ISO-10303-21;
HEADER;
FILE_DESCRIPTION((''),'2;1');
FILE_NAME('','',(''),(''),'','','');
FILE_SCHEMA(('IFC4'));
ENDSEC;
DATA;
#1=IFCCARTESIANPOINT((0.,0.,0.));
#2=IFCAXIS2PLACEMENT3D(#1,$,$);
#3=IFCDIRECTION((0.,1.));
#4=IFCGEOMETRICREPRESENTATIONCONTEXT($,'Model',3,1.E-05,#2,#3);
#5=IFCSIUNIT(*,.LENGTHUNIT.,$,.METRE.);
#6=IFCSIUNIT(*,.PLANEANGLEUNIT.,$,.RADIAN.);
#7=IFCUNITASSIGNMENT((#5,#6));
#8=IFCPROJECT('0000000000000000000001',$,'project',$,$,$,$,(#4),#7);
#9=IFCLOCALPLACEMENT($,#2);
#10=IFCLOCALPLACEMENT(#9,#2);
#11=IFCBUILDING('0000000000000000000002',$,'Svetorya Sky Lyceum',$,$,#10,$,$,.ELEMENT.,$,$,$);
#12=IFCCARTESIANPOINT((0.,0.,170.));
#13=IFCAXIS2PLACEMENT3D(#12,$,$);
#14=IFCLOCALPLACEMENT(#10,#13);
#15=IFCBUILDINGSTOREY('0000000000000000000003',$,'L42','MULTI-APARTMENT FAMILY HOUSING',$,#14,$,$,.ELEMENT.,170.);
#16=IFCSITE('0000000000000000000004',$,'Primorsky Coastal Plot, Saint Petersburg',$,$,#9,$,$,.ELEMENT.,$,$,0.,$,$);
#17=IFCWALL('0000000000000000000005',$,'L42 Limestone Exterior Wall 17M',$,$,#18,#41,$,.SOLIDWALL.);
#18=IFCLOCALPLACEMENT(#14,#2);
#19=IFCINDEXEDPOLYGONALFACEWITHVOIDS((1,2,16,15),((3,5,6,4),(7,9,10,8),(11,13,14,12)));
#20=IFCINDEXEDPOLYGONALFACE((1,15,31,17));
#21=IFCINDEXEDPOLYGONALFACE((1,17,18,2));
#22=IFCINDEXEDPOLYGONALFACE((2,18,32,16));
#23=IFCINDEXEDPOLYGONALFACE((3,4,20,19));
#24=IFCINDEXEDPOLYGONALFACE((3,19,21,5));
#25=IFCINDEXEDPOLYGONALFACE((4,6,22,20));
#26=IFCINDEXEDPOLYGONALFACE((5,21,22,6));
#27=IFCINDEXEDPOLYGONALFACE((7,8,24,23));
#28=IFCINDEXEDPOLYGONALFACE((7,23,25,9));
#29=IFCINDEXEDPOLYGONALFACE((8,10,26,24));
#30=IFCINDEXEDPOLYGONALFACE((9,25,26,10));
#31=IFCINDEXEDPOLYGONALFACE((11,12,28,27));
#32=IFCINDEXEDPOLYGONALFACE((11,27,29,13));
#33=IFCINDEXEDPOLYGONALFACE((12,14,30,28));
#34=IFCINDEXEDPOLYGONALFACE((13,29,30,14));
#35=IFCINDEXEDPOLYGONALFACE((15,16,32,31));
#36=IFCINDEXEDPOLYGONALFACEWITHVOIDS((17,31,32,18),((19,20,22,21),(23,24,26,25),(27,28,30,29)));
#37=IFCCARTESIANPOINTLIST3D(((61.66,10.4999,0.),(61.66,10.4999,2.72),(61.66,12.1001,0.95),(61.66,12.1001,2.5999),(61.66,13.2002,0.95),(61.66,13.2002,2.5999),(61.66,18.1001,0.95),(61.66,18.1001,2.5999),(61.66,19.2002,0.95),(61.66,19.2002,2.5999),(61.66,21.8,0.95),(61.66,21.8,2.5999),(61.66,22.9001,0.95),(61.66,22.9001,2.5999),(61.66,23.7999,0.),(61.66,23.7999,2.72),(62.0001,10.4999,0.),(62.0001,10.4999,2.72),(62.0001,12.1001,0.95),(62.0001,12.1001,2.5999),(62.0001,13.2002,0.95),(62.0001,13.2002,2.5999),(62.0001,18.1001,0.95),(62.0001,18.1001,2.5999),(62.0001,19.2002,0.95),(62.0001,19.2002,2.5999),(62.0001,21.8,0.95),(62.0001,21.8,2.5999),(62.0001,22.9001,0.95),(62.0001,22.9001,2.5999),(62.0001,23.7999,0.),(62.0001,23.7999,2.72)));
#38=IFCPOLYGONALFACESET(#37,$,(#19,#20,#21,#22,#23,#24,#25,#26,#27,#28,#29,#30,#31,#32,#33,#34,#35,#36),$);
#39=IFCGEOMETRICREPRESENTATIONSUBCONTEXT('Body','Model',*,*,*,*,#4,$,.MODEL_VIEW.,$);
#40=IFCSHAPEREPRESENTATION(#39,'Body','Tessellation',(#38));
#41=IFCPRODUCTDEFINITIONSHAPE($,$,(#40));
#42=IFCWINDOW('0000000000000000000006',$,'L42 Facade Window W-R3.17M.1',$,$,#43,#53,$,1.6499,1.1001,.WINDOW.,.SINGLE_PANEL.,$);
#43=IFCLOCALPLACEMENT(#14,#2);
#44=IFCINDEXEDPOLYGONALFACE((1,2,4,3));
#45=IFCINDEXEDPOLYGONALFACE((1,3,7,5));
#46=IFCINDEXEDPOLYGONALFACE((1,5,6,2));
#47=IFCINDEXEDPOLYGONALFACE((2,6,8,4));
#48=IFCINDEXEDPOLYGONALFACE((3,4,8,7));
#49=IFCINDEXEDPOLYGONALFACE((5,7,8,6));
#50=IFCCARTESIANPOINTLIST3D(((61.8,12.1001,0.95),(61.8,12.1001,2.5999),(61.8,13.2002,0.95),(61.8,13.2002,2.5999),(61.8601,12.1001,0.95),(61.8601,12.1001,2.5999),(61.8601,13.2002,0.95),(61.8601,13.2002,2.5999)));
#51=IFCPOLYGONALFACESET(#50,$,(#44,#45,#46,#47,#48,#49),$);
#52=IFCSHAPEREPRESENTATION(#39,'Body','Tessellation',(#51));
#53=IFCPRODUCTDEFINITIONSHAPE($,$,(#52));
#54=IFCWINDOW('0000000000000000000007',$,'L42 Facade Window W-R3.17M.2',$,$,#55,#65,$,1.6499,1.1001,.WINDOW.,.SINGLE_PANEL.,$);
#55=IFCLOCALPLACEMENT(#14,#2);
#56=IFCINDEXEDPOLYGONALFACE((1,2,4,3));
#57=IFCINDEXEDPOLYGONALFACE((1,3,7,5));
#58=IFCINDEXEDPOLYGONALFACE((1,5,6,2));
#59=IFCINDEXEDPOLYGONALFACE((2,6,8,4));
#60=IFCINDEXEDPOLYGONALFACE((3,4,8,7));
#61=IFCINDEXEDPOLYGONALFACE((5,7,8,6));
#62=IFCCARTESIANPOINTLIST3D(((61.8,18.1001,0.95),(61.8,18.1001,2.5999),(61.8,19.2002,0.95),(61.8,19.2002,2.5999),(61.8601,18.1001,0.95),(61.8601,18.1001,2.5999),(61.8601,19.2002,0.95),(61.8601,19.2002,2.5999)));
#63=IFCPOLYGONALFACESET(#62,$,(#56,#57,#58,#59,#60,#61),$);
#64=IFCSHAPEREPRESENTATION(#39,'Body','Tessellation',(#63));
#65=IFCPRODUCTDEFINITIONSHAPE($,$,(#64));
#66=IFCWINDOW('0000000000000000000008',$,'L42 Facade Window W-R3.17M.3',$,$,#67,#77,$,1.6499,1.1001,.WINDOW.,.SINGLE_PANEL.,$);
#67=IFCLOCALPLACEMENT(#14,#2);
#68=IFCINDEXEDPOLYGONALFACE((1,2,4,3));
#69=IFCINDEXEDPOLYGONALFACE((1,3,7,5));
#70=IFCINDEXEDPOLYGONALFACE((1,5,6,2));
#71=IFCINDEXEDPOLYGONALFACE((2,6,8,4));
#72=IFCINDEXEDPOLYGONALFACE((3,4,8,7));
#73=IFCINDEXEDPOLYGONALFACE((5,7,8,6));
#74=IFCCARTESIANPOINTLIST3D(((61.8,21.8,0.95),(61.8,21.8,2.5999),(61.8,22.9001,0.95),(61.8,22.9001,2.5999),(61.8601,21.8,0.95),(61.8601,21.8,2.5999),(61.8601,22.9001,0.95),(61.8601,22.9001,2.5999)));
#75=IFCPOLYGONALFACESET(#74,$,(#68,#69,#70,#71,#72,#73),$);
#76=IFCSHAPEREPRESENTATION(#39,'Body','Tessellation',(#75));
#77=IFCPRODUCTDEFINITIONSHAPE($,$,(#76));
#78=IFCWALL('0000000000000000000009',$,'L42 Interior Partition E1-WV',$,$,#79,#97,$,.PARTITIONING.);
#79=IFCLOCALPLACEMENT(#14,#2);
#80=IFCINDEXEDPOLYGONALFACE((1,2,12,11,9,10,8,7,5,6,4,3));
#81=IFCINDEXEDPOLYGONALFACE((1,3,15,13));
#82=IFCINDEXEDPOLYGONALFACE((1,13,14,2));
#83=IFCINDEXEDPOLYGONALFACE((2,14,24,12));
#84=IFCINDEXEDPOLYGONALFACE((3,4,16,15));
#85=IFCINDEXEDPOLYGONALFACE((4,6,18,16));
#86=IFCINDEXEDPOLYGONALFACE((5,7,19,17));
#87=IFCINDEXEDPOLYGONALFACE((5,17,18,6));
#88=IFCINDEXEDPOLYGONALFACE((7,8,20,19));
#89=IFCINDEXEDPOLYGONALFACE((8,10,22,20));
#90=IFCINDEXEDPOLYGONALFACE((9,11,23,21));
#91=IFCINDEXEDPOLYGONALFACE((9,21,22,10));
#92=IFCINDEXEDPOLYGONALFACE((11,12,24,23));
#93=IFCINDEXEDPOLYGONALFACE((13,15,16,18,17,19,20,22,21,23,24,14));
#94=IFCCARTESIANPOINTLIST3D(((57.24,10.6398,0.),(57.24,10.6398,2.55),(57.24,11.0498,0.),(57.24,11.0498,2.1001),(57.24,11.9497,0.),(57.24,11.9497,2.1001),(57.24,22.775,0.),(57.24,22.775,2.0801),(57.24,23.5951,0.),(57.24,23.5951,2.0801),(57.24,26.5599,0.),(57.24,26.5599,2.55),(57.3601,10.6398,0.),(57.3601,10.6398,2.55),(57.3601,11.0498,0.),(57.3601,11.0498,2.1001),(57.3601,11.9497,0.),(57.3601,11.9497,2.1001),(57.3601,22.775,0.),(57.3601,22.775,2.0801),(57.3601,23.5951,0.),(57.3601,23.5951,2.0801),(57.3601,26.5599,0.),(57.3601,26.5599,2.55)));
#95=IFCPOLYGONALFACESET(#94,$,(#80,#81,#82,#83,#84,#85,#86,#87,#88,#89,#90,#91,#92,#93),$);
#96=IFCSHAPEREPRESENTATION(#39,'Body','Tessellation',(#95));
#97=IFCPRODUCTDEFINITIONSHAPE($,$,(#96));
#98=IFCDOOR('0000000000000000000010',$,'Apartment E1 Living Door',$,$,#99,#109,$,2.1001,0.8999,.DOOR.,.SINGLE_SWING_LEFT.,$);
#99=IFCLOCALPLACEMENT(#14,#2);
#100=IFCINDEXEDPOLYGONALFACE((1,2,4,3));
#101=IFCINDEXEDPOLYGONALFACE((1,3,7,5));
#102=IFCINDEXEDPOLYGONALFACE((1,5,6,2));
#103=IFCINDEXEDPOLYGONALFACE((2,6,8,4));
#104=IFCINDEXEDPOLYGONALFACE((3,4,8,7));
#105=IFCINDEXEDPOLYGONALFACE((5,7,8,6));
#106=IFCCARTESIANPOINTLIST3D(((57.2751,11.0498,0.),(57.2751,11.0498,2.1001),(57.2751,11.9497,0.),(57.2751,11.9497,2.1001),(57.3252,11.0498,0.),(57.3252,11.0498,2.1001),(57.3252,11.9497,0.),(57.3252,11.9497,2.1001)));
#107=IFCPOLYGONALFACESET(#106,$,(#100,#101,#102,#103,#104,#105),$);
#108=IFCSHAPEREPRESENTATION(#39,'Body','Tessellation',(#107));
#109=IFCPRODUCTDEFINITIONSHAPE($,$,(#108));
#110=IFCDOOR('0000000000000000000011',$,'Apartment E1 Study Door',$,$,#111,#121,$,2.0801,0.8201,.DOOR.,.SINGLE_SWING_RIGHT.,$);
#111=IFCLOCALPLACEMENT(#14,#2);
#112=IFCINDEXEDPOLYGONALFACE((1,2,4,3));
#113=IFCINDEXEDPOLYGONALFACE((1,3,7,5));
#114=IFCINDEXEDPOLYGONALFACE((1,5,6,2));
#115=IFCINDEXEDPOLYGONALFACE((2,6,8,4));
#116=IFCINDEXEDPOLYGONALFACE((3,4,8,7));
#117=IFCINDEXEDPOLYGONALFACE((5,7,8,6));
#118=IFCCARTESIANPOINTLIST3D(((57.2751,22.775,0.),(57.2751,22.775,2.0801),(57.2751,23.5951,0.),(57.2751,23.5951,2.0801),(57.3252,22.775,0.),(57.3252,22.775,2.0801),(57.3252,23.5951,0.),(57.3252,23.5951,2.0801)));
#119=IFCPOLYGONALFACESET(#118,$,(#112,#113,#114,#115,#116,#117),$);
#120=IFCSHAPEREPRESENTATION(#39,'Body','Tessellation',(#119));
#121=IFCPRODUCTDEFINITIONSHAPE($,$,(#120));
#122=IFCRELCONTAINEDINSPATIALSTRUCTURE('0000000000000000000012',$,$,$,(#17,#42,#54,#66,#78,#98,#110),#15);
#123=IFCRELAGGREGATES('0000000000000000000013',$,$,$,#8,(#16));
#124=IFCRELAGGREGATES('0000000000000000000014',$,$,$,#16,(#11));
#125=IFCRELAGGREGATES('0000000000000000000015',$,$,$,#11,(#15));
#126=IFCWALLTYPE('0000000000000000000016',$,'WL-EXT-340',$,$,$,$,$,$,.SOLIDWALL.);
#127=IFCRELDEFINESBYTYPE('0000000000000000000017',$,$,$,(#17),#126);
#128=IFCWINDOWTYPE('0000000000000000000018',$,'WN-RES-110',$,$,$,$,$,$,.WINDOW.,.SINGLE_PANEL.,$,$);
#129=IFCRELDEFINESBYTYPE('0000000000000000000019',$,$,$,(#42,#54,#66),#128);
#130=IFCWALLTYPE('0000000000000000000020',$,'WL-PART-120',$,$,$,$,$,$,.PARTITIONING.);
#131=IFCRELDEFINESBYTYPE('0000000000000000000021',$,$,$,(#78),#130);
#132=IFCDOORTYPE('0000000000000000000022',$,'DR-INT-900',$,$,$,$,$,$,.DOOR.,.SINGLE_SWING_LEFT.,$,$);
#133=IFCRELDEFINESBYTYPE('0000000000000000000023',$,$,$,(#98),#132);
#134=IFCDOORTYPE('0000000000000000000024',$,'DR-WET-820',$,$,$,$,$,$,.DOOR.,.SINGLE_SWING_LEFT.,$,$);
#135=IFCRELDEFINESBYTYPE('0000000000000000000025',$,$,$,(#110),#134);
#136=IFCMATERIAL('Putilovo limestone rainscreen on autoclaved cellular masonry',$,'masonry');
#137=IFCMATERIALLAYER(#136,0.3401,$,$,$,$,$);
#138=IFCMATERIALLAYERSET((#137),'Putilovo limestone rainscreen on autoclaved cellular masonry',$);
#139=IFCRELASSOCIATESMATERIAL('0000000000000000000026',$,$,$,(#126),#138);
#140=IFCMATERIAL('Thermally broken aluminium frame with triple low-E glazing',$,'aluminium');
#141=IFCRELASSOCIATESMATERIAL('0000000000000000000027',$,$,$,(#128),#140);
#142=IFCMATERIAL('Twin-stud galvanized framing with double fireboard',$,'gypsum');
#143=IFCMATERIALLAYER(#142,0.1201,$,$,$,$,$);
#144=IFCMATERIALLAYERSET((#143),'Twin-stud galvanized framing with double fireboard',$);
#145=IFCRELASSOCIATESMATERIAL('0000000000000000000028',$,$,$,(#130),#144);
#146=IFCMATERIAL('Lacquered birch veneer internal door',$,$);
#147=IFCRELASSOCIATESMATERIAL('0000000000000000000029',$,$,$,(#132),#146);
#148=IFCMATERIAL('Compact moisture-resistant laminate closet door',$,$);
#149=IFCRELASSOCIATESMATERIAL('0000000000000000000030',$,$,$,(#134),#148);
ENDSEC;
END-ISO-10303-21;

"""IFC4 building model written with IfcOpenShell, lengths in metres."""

from ifc_helpers import new_model, si_unit, direction, frame, frame_2d, origin, place, context, subcontext, project, spatial, rectangle, extrude, material, layer, layer_set, type_object, element, fill, save


model = new_model("IFC4")

# Units and contexts
model_context = context("Model", 3, precision=1e-05, world=origin(), true_north=direction((0.0, 1.0)))
body_context = subcontext(model_context, "Body", "Model", "MODEL_VIEW")
ifc_project = project(units=[si_unit("LENGTHUNIT", "METRE"), si_unit("PLANEANGLEUNIT", "RADIAN")], contexts=[model_context])

# Site, building, storey
site_placement = place(None, origin())
site = spatial("IfcSite", under=ifc_project, at=site_placement, Name="Primorsky Coastal Plot, Saint Petersburg", CompositionType="ELEMENT", RefElevation=0.0)
building_placement = place(site_placement, origin())
building = spatial("IfcBuilding", under=site, at=building_placement, Name="Svetorya Sky Lyceum", CompositionType="ELEMENT")
storey_placement = place(building_placement, frame((0.0, 0.0, 170.0)))
storey = spatial("IfcBuildingStorey", under=building, at=storey_placement, Name="L42", Description="MULTI-APARTMENT FAMILY HOUSING", CompositionType="ELEMENT", Elevation=170.0)

# Shared definitions
ifc_material_1 = material(Name="Putilovo limestone rainscreen on autoclaved cellular masonry", Category="masonry")
ifc_layer_1 = layer(ifc_material_1, 0.3401)
ifc_layer_set_1 = layer_set([ifc_layer_1], Name="Putilovo limestone rainscreen on autoclaved cellular masonry")
wall_type_1 = type_object("IfcWallType", Name="WL-EXT-340", PredefinedType="SOLIDWALL", material=ifc_layer_set_1)

# Wall, openings, windows
wall_1_placement = place(storey_placement, frame((61.8301, 10.5, 0.0), z_axis=(0.0, 0.0, 1.0), x_axis=(0.0, 1.0, 0.0)))
wall_1 = element("IfcWall", 1, at=wall_1_placement, inside=storey, type_object=wall_type_1, Name="L42 Limestone Exterior Wall 17M", PredefinedType="SOLIDWALL", context=body_context, shape_type="SweptSolid", body=[
    extrude(rectangle(XDim=13.3, YDim=0.3401, at=frame_2d((6.6499, 0.0))), origin(), (0.0, 0.0, 1.0), 2.72),
])
opening_1_placement = place(wall_1_placement, frame((1.6001, 0.0, 0.95)))
opening_1 = element("IfcOpeningElement", 2, at=opening_1_placement, cuts=wall_1, PredefinedType="OPENING", context=body_context, shape_type="SweptSolid", body=[
    extrude(rectangle(XDim=1.1001, YDim=1.6499, at=frame_2d((0.55, 0.825))), frame((0.0, 0.1799, 0.0), z_axis=(0.0, -1.0, 0.0), x_axis=(1.0, 0.0, 0.0)), (0.0, 0.0, 1.0), 0.3601),
])
opening_2_placement = place(wall_1_placement, frame((7.6001, 0.0, 0.95)))
opening_2 = element("IfcOpeningElement", 3, at=opening_2_placement, cuts=wall_1, PredefinedType="OPENING", context=body_context, shape_type="SweptSolid", body=[
    extrude(rectangle(XDim=1.1001, YDim=1.6499, at=frame_2d((0.55, 0.825))), frame((0.0, 0.1799, 0.0), z_axis=(0.0, -1.0, 0.0), x_axis=(1.0, 0.0, 0.0)), (0.0, 0.0, 1.0), 0.3601),
])
opening_3_placement = place(wall_1_placement, frame((11.3, 0.0, 0.95)))
opening_3 = element("IfcOpeningElement", 4, at=opening_3_placement, cuts=wall_1, PredefinedType="OPENING", context=body_context, shape_type="SweptSolid", body=[
    extrude(rectangle(XDim=1.1001, YDim=1.6499, at=frame_2d((0.55, 0.825))), frame((0.0, 0.1799, 0.0), z_axis=(0.0, -1.0, 0.0), x_axis=(1.0, 0.0, 0.0)), (0.0, 0.0, 1.0), 0.3601),
])
ifc_material_2 = material(Name="Thermally broken aluminium frame with triple low-E glazing", Category="aluminium")
window_type = type_object("IfcWindowType", Name="WN-RES-110", PartitioningType="SINGLE_PANEL", PredefinedType="WINDOW", material=ifc_material_2)
window_1_placement = place(opening_1_placement, origin())
window_1 = element("IfcWindow", 5, at=window_1_placement, inside=storey, type_object=window_type, Name="L42 Facade Window W-R3.17M.1", OverallHeight=1.6499, OverallWidth=1.1001, PartitioningType="SINGLE_PANEL", PredefinedType="WINDOW", context=body_context, shape_type="SweptSolid", body=[
    extrude(rectangle(XDim=1.1001, YDim=1.6499, at=frame_2d((0.55, 0.825))), frame((0.0, 0.03, 0.0), z_axis=(0.0, -1.0, 0.0), x_axis=(1.0, 0.0, 0.0)), (0.0, 0.0, 1.0), 0.0601),
])
fill(opening_1, window_1)
window_2_placement = place(opening_2_placement, origin())
window_2 = element("IfcWindow", 6, at=window_2_placement, inside=storey, type_object=window_type, Name="L42 Facade Window W-R3.17M.2", OverallHeight=1.6499, OverallWidth=1.1001, PartitioningType="SINGLE_PANEL", PredefinedType="WINDOW", context=body_context, shape_type="SweptSolid", body=[
    extrude(rectangle(XDim=1.1001, YDim=1.6499, at=frame_2d((0.55, 0.825))), frame((0.0, 0.03, 0.0), z_axis=(0.0, -1.0, 0.0), x_axis=(1.0, 0.0, 0.0)), (0.0, 0.0, 1.0), 0.0601),
])
fill(opening_2, window_2)
window_3_placement = place(opening_3_placement, origin())
window_3 = element("IfcWindow", 7, at=window_3_placement, inside=storey, type_object=window_type, Name="L42 Facade Window W-R3.17M.3", OverallHeight=1.6499, OverallWidth=1.1001, PartitioningType="SINGLE_PANEL", PredefinedType="WINDOW", context=body_context, shape_type="SweptSolid", body=[
    extrude(rectangle(XDim=1.1001, YDim=1.6499, at=frame_2d((0.55, 0.825))), frame((0.0, 0.03, 0.0), z_axis=(0.0, -1.0, 0.0), x_axis=(1.0, 0.0, 0.0)), (0.0, 0.0, 1.0), 0.0601),
])
fill(opening_3, window_3)

# Wall, openings, doors
ifc_material_3 = material(Name="Twin-stud galvanized framing with double fireboard", Category="gypsum")
ifc_layer_2 = layer(ifc_material_3, 0.1201)
ifc_layer_set_2 = layer_set([ifc_layer_2], Name="Twin-stud galvanized framing with double fireboard")
wall_type_2 = type_object("IfcWallType", Name="WL-PART-120", PredefinedType="PARTITIONING", material=ifc_layer_set_2)
wall_2_placement = place(storey_placement, frame((57.3, 10.6399, 0.0), z_axis=(0.0, 0.0, 1.0), x_axis=(0.0, 1.0, 0.0)))
wall_2 = element("IfcWall", 8, at=wall_2_placement, inside=storey, type_object=wall_type_2, Name="L42 Interior Partition E1-WV", PredefinedType="PARTITIONING", context=body_context, shape_type="SweptSolid", body=[
    extrude(rectangle(XDim=15.9202, YDim=0.1201, at=frame_2d((7.96, 0.0))), origin(), (0.0, 0.0, 1.0), 2.55),
])
opening_4_placement = place(wall_2_placement, frame((0.4099, 0.0, 0.0)))
opening_4 = element("IfcOpeningElement", 9, at=opening_4_placement, cuts=wall_2, PredefinedType="OPENING", context=body_context, shape_type="SweptSolid", body=[
    extrude(rectangle(XDim=0.8999, YDim=2.1001, at=frame_2d((0.45, 1.05))), frame((0.0, 0.0701, 0.0), z_axis=(0.0, -1.0, 0.0), x_axis=(1.0, 0.0, 0.0)), (0.0, 0.0, 1.0), 0.1401),
])
opening_5_placement = place(wall_2_placement, frame((12.135, 0.0, 0.0)))
opening_5 = element("IfcOpeningElement", 10, at=opening_5_placement, cuts=wall_2, PredefinedType="OPENING", context=body_context, shape_type="SweptSolid", body=[
    extrude(rectangle(XDim=0.8201, YDim=2.0801, at=frame_2d((0.4102, 1.04))), frame((0.0, 0.0701, 0.0), z_axis=(0.0, -1.0, 0.0), x_axis=(1.0, 0.0, 0.0)), (0.0, 0.0, 1.0), 0.1401),
])
ifc_material_4 = material(Name="Lacquered birch veneer internal door")
door_type_1 = type_object("IfcDoorType", Name="DR-INT-900", OperationType="SINGLE_SWING_LEFT", PredefinedType="DOOR", material=ifc_material_4)
door_1_placement = place(opening_4_placement, origin())
door_1 = element("IfcDoor", 11, at=door_1_placement, inside=storey, type_object=door_type_1, Name="Apartment E1 Living Door", OperationType="SINGLE_SWING_LEFT", OverallHeight=2.1001, OverallWidth=0.8999, PredefinedType="DOOR", context=body_context, shape_type="SweptSolid", body=[
    extrude(rectangle(XDim=0.8999, YDim=2.1001, at=frame_2d((0.45, 1.05))), frame((0.0, 0.0249, 0.0), z_axis=(0.0, -1.0, 0.0), x_axis=(1.0, 0.0, 0.0)), (0.0, 0.0, 1.0), 0.05),
])
fill(opening_4, door_1)
ifc_material_5 = material(Name="Compact moisture-resistant laminate closet door")
door_type_2 = type_object("IfcDoorType", Name="DR-WET-820", OperationType="SINGLE_SWING_LEFT", PredefinedType="DOOR", material=ifc_material_5)
door_2_placement = place(opening_5_placement, origin())
door_2 = element("IfcDoor", 12, at=door_2_placement, inside=storey, type_object=door_type_2, Name="Apartment E1 Study Door", OperationType="SINGLE_SWING_RIGHT", OverallHeight=2.0801, OverallWidth=0.8201, PredefinedType="DOOR", context=body_context, shape_type="SweptSolid", body=[
    extrude(rectangle(XDim=0.8201, YDim=2.0801, at=frame_2d((0.4102, 1.04))), frame((0.0, 0.0249, 0.0), z_axis=(0.0, -1.0, 0.0), x_axis=(1.0, 0.0, 0.0)), (0.0, 0.0, 1.0), 0.05),
])
fill(opening_5, door_2)

save(model, "model.ifc")
